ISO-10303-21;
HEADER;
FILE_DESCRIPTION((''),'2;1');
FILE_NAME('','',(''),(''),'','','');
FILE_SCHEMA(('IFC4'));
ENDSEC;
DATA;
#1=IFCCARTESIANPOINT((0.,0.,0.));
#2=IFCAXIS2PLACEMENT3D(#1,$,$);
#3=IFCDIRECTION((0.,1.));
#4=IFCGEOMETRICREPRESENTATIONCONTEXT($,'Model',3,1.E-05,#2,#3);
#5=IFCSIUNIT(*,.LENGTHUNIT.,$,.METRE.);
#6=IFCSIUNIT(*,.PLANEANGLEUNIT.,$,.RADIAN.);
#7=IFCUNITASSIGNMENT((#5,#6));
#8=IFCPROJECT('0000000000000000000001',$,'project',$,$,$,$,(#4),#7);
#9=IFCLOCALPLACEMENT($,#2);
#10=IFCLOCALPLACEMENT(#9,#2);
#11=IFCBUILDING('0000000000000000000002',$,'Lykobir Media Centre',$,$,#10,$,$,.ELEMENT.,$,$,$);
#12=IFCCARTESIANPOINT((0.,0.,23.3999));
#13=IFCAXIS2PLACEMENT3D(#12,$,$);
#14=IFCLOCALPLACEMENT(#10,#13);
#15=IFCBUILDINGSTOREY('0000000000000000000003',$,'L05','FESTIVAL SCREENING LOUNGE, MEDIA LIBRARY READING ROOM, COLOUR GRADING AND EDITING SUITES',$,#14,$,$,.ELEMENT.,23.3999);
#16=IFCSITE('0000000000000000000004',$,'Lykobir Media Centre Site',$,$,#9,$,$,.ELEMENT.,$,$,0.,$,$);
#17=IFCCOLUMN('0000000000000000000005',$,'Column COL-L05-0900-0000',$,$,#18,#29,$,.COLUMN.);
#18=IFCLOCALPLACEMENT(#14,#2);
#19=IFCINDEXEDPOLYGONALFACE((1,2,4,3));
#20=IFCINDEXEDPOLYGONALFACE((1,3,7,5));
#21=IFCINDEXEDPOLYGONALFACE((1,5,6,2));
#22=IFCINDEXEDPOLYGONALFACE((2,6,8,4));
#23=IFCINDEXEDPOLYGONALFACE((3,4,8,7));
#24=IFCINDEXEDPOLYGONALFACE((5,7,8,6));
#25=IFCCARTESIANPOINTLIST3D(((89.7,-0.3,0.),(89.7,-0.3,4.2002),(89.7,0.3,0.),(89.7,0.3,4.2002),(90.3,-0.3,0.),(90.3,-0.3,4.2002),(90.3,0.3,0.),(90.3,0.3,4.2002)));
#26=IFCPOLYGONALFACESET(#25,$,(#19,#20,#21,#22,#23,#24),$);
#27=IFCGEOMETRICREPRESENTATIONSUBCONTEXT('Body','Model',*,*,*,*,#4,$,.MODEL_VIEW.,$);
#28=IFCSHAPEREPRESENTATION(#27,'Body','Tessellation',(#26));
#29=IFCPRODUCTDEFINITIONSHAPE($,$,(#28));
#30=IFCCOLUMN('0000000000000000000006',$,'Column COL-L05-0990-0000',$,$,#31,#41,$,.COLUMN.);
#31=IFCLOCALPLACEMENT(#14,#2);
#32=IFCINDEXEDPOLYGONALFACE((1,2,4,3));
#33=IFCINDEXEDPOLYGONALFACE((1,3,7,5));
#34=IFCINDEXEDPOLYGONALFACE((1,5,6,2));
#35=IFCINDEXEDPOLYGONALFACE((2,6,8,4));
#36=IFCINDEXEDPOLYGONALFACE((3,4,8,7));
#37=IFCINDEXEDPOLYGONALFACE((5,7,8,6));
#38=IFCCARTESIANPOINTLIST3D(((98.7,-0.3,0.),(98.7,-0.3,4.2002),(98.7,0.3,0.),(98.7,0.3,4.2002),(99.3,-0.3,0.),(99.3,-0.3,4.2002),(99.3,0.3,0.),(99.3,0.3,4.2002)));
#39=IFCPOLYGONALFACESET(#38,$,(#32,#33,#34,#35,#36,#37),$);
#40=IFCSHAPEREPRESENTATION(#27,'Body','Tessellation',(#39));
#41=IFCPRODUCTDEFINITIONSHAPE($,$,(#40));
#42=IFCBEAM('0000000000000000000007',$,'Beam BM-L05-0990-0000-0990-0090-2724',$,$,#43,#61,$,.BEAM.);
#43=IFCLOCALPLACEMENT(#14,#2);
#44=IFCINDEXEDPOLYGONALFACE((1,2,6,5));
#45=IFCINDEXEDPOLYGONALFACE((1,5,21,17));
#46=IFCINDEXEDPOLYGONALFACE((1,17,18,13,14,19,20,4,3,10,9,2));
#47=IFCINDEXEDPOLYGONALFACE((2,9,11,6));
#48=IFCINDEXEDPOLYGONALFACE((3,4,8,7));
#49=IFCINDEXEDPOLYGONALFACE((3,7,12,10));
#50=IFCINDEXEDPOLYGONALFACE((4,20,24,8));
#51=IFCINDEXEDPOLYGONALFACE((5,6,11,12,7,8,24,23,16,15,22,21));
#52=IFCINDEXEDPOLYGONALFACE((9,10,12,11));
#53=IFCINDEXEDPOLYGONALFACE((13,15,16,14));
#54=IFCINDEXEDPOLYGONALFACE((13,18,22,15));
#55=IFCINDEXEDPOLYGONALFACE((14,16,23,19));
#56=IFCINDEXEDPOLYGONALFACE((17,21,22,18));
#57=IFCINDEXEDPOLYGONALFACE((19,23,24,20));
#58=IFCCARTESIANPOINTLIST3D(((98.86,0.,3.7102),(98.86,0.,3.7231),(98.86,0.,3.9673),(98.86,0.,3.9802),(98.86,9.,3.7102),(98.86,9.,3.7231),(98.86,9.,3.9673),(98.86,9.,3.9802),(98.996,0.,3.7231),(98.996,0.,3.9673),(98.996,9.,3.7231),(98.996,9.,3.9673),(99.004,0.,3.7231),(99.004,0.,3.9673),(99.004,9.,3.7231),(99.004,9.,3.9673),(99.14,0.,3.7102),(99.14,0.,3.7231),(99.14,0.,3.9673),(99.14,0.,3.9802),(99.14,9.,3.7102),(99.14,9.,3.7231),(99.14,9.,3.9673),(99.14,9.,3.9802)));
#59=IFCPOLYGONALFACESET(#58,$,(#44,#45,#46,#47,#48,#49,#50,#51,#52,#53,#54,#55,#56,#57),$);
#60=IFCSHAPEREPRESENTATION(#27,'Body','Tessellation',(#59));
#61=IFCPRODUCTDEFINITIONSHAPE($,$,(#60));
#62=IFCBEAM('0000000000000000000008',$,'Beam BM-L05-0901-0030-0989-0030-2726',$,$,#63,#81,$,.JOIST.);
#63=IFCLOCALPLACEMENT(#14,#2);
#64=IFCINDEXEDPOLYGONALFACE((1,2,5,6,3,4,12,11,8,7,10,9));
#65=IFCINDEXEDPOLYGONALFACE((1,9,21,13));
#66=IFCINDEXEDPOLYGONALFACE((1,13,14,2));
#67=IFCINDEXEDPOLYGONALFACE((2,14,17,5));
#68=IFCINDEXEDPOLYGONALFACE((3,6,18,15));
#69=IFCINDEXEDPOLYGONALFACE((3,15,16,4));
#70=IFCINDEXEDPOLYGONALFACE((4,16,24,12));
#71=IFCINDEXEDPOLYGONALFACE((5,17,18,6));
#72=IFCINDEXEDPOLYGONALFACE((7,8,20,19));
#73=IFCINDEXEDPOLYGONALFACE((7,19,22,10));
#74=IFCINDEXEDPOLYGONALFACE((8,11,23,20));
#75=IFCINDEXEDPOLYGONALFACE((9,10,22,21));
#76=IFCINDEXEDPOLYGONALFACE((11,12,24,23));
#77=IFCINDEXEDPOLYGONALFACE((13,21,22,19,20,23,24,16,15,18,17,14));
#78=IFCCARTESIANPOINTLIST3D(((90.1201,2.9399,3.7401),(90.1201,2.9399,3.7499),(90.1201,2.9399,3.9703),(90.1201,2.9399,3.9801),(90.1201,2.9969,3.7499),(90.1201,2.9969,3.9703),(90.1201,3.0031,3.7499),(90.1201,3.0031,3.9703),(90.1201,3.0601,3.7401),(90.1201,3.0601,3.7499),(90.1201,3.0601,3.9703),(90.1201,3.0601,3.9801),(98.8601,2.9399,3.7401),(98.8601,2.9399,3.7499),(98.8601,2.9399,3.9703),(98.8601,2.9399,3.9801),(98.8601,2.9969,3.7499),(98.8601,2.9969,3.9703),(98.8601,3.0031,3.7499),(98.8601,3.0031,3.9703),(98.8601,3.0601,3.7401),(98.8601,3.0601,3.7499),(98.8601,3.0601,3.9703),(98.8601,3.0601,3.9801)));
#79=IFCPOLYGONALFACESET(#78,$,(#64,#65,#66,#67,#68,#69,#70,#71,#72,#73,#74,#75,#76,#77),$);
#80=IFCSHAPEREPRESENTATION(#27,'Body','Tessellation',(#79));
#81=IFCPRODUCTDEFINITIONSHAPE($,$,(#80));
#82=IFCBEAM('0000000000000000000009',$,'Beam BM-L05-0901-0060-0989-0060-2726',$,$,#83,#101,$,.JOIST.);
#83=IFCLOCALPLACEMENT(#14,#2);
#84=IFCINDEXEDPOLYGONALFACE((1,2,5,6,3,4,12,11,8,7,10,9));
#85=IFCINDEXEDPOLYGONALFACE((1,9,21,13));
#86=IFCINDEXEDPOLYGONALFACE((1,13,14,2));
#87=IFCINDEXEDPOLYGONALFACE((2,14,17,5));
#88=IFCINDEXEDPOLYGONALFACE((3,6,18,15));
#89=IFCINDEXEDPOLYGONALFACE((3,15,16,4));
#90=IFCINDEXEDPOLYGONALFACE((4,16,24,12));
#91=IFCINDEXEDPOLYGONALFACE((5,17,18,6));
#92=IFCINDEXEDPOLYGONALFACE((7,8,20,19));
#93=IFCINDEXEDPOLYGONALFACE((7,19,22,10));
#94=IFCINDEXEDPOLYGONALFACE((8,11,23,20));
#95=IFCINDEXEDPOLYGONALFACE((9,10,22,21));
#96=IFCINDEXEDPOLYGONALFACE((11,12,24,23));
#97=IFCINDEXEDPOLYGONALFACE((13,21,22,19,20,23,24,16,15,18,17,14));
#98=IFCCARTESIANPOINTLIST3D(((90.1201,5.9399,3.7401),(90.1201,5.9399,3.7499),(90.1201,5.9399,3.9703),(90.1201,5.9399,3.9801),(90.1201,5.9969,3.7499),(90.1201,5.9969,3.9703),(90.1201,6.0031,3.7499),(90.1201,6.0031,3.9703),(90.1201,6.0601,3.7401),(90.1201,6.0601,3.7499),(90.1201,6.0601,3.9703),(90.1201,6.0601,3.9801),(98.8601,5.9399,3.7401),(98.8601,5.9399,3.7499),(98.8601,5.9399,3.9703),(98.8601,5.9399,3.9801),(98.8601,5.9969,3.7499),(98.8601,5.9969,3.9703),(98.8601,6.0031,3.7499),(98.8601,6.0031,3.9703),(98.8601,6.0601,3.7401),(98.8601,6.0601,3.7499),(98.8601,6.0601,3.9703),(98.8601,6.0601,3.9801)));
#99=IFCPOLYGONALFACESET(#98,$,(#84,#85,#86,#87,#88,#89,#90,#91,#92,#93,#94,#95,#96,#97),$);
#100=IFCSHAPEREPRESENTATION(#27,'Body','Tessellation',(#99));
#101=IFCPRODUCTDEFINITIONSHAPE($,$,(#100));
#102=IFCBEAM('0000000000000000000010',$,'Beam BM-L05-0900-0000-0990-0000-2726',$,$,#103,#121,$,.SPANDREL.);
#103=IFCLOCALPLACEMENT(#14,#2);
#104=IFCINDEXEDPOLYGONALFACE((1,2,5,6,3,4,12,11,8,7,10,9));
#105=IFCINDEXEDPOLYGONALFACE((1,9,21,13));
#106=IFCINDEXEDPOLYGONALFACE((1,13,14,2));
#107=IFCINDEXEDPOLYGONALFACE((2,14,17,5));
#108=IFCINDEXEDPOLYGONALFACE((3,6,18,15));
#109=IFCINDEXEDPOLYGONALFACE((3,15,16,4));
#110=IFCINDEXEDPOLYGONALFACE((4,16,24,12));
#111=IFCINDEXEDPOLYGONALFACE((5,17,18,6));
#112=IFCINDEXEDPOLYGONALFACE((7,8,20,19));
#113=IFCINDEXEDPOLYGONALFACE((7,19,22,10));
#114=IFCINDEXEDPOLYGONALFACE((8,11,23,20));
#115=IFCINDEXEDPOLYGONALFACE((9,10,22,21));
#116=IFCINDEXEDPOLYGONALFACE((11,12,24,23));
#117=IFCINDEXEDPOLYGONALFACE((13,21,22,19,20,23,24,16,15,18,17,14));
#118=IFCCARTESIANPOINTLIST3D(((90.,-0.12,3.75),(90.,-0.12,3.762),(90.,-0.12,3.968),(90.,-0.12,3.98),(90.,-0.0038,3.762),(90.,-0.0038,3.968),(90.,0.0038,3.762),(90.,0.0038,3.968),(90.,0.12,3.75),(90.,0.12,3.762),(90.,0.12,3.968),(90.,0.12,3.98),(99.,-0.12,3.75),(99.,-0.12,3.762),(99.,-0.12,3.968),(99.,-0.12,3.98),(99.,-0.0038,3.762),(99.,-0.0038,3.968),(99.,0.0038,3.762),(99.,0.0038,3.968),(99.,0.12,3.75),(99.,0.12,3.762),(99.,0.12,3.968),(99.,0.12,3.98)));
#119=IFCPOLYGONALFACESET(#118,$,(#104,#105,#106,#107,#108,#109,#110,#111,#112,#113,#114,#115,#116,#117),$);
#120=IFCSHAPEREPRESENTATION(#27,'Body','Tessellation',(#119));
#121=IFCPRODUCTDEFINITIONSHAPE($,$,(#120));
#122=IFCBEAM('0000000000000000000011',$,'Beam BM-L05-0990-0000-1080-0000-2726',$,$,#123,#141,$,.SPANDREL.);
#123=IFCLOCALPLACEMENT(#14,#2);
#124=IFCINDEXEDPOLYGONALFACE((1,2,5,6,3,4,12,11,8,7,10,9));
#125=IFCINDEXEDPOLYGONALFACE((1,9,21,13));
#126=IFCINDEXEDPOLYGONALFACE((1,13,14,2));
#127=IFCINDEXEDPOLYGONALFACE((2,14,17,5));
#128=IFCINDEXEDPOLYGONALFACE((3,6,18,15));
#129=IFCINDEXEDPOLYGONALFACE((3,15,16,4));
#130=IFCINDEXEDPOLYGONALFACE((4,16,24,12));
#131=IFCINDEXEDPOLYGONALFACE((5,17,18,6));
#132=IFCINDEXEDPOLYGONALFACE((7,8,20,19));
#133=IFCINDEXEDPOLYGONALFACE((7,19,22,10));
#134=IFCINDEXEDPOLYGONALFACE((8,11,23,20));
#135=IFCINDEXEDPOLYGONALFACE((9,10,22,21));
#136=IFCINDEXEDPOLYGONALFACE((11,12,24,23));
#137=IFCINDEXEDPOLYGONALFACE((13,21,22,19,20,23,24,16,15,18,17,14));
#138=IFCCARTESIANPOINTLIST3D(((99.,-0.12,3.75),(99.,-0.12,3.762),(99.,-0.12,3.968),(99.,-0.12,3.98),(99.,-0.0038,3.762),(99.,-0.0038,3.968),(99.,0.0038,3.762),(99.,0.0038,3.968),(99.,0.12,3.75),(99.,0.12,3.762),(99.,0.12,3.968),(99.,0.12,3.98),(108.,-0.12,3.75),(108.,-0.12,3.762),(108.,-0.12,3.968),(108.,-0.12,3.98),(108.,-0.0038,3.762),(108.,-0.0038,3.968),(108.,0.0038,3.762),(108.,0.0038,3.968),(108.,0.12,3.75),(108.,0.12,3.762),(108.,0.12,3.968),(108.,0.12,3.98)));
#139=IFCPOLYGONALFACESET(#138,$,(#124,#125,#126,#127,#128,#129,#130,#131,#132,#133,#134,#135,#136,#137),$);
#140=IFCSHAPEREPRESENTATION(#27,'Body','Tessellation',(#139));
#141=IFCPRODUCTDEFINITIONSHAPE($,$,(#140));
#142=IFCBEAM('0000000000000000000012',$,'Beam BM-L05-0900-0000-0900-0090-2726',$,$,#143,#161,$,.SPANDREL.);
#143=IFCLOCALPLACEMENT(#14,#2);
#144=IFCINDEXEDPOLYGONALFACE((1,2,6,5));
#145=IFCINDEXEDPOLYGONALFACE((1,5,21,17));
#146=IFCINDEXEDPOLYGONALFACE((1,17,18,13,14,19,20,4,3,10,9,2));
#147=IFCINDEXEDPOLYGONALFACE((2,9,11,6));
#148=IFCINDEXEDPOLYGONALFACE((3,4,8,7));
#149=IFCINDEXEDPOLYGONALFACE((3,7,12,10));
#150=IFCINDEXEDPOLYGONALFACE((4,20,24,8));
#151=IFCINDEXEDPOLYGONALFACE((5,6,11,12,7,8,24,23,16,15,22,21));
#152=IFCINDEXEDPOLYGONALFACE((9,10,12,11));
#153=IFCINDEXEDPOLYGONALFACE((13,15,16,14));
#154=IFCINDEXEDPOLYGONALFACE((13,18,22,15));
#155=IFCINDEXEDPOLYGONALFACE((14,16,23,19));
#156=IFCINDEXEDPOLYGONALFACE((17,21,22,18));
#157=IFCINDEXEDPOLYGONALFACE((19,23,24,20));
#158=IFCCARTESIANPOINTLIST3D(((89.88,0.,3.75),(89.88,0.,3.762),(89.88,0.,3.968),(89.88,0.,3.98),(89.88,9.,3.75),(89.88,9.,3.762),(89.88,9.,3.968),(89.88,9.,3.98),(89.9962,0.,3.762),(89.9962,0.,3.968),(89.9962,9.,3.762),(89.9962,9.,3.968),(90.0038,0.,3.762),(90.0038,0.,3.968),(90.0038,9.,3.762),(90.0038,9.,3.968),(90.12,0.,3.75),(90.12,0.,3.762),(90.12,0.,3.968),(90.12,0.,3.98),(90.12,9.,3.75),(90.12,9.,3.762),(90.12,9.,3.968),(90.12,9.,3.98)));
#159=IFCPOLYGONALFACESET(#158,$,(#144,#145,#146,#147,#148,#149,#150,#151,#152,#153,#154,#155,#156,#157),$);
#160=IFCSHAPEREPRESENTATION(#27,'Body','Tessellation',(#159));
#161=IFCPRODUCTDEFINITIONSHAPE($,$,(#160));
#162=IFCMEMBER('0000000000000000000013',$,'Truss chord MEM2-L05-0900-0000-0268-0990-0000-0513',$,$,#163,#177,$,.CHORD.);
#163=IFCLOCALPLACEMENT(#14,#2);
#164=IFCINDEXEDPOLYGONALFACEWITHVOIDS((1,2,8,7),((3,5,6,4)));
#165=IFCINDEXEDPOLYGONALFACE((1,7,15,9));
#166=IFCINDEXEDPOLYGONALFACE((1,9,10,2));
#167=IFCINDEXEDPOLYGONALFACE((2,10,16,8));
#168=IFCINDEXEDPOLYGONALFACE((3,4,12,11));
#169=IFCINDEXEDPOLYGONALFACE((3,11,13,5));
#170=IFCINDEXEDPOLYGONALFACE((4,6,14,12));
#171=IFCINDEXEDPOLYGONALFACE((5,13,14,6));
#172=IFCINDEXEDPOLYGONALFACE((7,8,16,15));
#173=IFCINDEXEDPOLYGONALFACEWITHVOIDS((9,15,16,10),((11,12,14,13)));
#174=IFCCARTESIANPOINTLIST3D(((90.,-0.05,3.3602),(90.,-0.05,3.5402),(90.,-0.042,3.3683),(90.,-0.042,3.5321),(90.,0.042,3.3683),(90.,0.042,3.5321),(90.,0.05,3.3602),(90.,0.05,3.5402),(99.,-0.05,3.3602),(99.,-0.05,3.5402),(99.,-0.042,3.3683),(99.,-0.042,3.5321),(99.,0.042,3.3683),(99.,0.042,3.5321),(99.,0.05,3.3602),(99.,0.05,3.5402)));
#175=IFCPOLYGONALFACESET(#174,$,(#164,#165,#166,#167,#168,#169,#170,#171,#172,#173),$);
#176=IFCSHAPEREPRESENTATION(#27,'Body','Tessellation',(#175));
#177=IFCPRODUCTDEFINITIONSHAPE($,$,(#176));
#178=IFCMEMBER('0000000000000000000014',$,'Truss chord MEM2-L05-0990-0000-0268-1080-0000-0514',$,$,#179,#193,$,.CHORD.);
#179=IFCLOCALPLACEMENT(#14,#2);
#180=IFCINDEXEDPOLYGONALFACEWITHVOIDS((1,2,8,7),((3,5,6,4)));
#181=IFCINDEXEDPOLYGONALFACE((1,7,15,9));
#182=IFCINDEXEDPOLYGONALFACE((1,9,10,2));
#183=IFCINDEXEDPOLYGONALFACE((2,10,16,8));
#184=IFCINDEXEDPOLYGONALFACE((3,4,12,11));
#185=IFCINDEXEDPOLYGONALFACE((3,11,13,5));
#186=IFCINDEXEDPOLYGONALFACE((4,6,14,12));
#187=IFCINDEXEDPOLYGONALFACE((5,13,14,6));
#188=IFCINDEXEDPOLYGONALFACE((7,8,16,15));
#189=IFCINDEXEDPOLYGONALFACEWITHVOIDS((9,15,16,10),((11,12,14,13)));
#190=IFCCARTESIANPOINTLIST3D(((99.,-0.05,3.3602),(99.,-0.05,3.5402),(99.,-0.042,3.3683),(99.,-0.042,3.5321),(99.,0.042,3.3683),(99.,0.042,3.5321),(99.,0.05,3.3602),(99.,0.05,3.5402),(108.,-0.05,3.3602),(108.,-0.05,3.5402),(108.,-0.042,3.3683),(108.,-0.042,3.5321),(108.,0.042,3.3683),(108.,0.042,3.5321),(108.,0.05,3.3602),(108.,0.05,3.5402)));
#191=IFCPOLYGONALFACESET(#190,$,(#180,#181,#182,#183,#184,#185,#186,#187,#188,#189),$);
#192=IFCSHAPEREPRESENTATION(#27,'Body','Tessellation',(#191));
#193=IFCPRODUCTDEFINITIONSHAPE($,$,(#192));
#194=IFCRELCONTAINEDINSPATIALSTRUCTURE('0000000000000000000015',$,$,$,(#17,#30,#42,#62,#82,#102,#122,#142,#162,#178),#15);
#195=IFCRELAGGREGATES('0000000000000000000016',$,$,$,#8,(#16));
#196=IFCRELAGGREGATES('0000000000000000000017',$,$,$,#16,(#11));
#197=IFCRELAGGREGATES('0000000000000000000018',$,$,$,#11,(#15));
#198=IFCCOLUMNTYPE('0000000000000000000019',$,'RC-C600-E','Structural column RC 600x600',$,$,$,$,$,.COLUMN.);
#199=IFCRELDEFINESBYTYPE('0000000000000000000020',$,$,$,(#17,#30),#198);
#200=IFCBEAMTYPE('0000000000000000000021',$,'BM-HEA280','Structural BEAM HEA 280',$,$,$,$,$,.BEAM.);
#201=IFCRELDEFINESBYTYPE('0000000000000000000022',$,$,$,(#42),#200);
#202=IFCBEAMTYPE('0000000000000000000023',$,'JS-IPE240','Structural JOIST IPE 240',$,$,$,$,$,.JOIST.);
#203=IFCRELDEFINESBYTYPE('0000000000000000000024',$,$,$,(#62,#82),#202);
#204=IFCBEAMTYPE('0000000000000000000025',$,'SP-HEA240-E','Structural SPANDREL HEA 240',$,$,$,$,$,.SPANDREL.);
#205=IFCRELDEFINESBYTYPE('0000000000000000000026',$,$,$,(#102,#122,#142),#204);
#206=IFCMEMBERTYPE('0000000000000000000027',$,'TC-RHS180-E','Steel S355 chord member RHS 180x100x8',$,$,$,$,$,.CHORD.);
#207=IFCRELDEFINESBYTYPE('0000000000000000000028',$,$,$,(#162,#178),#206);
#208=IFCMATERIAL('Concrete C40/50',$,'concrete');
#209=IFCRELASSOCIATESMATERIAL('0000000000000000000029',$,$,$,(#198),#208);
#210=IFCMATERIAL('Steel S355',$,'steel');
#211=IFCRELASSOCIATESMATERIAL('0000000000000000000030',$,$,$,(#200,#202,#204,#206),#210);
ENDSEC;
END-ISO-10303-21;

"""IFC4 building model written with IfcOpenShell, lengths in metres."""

from ifc_helpers import new_model, si_unit, direction, frame, origin, origin_2d, place, context, subcontext, project, spatial, rectangle, hollow_rectangle, i_section, extrude, material, material_profile, profile_set, type_object, element, save


model = new_model("IFC4")

# Units and contexts
model_context = context("Model", 3, precision=1e-05, world=origin(), true_north=direction((0.0, 1.0)))
body_context = subcontext(model_context, "Body", "Model", "MODEL_VIEW")
ifc_project = project(units=[si_unit("LENGTHUNIT", "METRE"), si_unit("PLANEANGLEUNIT", "RADIAN")], contexts=[model_context])

# Site, building, storey
site_placement = place(None, origin())
site = spatial("IfcSite", under=ifc_project, at=site_placement, Name="Lykobir Media Centre Site", CompositionType="ELEMENT", RefElevation=0.0)
building_placement = place(site_placement, origin())
building = spatial("IfcBuilding", under=site, at=building_placement, Name="Lykobir Media Centre", CompositionType="ELEMENT")
storey_placement = place(building_placement, frame((0.0, 0.0, 23.3999)))
storey = spatial("IfcBuildingStorey", under=building, at=storey_placement, Name="L05", Description="FESTIVAL SCREENING LOUNGE, MEDIA LIBRARY READING ROOM, COLOUR GRADING AND EDITING SUITES", CompositionType="ELEMENT", Elevation=23.3999)

# Columns
ifc_material_1 = material(Name="Concrete C40/50", Category="concrete")
ifc_material_profile_1 = material_profile(ifc_material_1, rectangle(XDim=0.6001, YDim=0.6001, at=origin_2d()), Name="RC 600x600")
ifc_profile_set_1 = profile_set([ifc_material_profile_1], Name="Concrete C40/50")
column_type = type_object("IfcColumnType", Name="RC-C600-E", Description="Structural column RC 600x600", PredefinedType="COLUMN", material=ifc_profile_set_1)
for number, where, z_axis, x_axis, name in (
    (1, (90.0, 0.0, 0.0), (0.0, 0.0, 1.0), (1.0, 0.0, 0.0), "Column COL-L05-0900-0000"),
    (2, (99.0, 0.0, 0.0), (0.0, 0.0, 1.0), (1.0, 0.0, 0.0), "Column COL-L05-0990-0000"),
):
    element("IfcColumn", number, at=place(storey_placement, frame(where, z_axis=z_axis, x_axis=x_axis)), inside=storey, type_object=column_type, Name=name, PredefinedType="COLUMN", context=body_context, shape_type="SweptSolid", body=[
        extrude(rectangle(XDim=0.6001, YDim=0.6001, at=origin_2d()), origin(), (0.0, 0.0, 1.0), 4.2002),
    ])

# Beams
ifc_material_2 = material(Name="Steel S355", Category="steel")
ifc_material_profile_2 = material_profile(ifc_material_2, i_section(OverallWidth=0.28, OverallDepth=0.27, WebThickness=0.0081, FlangeThickness=0.0129, at=origin_2d()), Name="HEA 280")
ifc_profile_set_2 = profile_set([ifc_material_profile_2], Name="Steel S355")
beam_type_1 = type_object("IfcBeamType", Name="BM-HEA280", Description="Structural BEAM HEA 280", PredefinedType="BEAM", material=ifc_profile_set_2)
beam_placement = place(storey_placement, frame((99.0, 0.0, 3.8452), z_axis=(0.0, 1.0, 0.0), x_axis=(-1.0, 0.0, 0.0)))
element("IfcBeam", 3, at=beam_placement, inside=storey, type_object=beam_type_1, Name="Beam BM-L05-0990-0000-0990-0090-2724", PredefinedType="BEAM", context=body_context, shape_type="SweptSolid", body=[
    extrude(i_section(OverallWidth=0.28, OverallDepth=0.27, WebThickness=0.0081, FlangeThickness=0.0129, at=origin_2d()), origin(), (0.0, 0.0, 1.0), 9.0),
])
ifc_material_profile_3 = material_profile(ifc_material_2, i_section(OverallWidth=0.1201, OverallDepth=0.24, WebThickness=0.0061, FlangeThickness=0.0098, at=origin_2d()), Name="IPE 240")
ifc_profile_set_3 = profile_set([ifc_material_profile_3], Name="Steel S355")
beam_type_2 = type_object("IfcBeamType", Name="JS-IPE240", Description="Structural JOIST IPE 240", PredefinedType="JOIST", material=ifc_profile_set_3)
for number, where, z_axis, x_axis, name in (
    (4, (90.1201, 3.0, 3.8601), (1.0, 0.0, 0.0), (0.0, 1.0, 0.0), "Beam BM-L05-0901-0030-0989-0030-2726"),
    (5, (90.1201, 6.0, 3.8601), (1.0, 0.0, 0.0), (0.0, 1.0, 0.0), "Beam BM-L05-0901-0060-0989-0060-2726"),
):
    element("IfcBeam", number, at=place(storey_placement, frame(where, z_axis=z_axis, x_axis=x_axis)), inside=storey, type_object=beam_type_2, Name=name, PredefinedType="JOIST", context=body_context, shape_type="SweptSolid", body=[
        extrude(i_section(OverallWidth=0.1201, OverallDepth=0.24, WebThickness=0.0061, FlangeThickness=0.0098, at=origin_2d()), origin(), (0.0, 0.0, 1.0), 8.74),
    ])
ifc_material_profile_4 = material_profile(ifc_material_2, i_section(OverallWidth=0.24, OverallDepth=0.23, WebThickness=0.0076, FlangeThickness=0.012, at=origin_2d()), Name="HEA 240")
ifc_profile_set_4 = profile_set([ifc_material_profile_4], Name="Steel S355")
beam_type_3 = type_object("IfcBeamType", Name="SP-HEA240-E", Description="Structural SPANDREL HEA 240", PredefinedType="SPANDREL", material=ifc_profile_set_4)
for number, where, z_axis, x_axis, name in (
    (6, (90.0, 0.0, 3.865), (1.0, 0.0, 0.0), (0.0, 1.0, 0.0), "Beam BM-L05-0900-0000-0990-0000-2726"),
    (7, (99.0, 0.0, 3.865), (1.0, 0.0, 0.0), (0.0, 1.0, 0.0), "Beam BM-L05-0990-0000-1080-0000-2726"),
    (8, (90.0, 0.0, 3.865), (0.0, 1.0, 0.0), (-1.0, 0.0, 0.0), "Beam BM-L05-0900-0000-0900-0090-2726"),
):
    element("IfcBeam", number, at=place(storey_placement, frame(where, z_axis=z_axis, x_axis=x_axis)), inside=storey, type_object=beam_type_3, Name=name, PredefinedType="SPANDREL", context=body_context, shape_type="SweptSolid", body=[
        extrude(i_section(OverallWidth=0.24, OverallDepth=0.23, WebThickness=0.0076, FlangeThickness=0.012, at=origin_2d()), origin(), (0.0, 0.0, 1.0), 9.0),
    ])

# Members
ifc_material_profile_5 = material_profile(ifc_material_2, hollow_rectangle(XDim=0.1001, YDim=0.1799, WallThickness=0.0081, at=origin_2d()), Name="RHS 180x100x8")
ifc_profile_set_5 = profile_set([ifc_material_profile_5], Name="Steel S355")
member_type_1 = type_object("IfcMemberType", Name="TC-RHS180-E", Description="Steel S355 chord member RHS 180x100x8", PredefinedType="CHORD", material=ifc_profile_set_5)
for number, where, z_axis, x_axis, name in (
    (9, (90.0, 0.0, 3.4502), (1.0, 0.0, 0.0), (0.0, 1.0, 0.0), "Truss chord MEM2-L05-0900-0000-0268-0990-0000-0513"),
    (10, (99.0, 0.0, 3.4502), (1.0, 0.0, 0.0), (0.0, 1.0, 0.0), "Truss chord MEM2-L05-0990-0000-0268-1080-0000-0514"),
):
    element("IfcMember", number, at=place(storey_placement, frame(where, z_axis=z_axis, x_axis=x_axis)), inside=storey, type_object=member_type_1, Name=name, PredefinedType="CHORD", context=body_context, shape_type="SweptSolid", body=[
        extrude(hollow_rectangle(XDim=0.1001, YDim=0.1799, WallThickness=0.0081, at=origin_2d()), origin(), (0.0, 0.0, 1.0), 9.0),
    ])

save(model, "model.ifc")
